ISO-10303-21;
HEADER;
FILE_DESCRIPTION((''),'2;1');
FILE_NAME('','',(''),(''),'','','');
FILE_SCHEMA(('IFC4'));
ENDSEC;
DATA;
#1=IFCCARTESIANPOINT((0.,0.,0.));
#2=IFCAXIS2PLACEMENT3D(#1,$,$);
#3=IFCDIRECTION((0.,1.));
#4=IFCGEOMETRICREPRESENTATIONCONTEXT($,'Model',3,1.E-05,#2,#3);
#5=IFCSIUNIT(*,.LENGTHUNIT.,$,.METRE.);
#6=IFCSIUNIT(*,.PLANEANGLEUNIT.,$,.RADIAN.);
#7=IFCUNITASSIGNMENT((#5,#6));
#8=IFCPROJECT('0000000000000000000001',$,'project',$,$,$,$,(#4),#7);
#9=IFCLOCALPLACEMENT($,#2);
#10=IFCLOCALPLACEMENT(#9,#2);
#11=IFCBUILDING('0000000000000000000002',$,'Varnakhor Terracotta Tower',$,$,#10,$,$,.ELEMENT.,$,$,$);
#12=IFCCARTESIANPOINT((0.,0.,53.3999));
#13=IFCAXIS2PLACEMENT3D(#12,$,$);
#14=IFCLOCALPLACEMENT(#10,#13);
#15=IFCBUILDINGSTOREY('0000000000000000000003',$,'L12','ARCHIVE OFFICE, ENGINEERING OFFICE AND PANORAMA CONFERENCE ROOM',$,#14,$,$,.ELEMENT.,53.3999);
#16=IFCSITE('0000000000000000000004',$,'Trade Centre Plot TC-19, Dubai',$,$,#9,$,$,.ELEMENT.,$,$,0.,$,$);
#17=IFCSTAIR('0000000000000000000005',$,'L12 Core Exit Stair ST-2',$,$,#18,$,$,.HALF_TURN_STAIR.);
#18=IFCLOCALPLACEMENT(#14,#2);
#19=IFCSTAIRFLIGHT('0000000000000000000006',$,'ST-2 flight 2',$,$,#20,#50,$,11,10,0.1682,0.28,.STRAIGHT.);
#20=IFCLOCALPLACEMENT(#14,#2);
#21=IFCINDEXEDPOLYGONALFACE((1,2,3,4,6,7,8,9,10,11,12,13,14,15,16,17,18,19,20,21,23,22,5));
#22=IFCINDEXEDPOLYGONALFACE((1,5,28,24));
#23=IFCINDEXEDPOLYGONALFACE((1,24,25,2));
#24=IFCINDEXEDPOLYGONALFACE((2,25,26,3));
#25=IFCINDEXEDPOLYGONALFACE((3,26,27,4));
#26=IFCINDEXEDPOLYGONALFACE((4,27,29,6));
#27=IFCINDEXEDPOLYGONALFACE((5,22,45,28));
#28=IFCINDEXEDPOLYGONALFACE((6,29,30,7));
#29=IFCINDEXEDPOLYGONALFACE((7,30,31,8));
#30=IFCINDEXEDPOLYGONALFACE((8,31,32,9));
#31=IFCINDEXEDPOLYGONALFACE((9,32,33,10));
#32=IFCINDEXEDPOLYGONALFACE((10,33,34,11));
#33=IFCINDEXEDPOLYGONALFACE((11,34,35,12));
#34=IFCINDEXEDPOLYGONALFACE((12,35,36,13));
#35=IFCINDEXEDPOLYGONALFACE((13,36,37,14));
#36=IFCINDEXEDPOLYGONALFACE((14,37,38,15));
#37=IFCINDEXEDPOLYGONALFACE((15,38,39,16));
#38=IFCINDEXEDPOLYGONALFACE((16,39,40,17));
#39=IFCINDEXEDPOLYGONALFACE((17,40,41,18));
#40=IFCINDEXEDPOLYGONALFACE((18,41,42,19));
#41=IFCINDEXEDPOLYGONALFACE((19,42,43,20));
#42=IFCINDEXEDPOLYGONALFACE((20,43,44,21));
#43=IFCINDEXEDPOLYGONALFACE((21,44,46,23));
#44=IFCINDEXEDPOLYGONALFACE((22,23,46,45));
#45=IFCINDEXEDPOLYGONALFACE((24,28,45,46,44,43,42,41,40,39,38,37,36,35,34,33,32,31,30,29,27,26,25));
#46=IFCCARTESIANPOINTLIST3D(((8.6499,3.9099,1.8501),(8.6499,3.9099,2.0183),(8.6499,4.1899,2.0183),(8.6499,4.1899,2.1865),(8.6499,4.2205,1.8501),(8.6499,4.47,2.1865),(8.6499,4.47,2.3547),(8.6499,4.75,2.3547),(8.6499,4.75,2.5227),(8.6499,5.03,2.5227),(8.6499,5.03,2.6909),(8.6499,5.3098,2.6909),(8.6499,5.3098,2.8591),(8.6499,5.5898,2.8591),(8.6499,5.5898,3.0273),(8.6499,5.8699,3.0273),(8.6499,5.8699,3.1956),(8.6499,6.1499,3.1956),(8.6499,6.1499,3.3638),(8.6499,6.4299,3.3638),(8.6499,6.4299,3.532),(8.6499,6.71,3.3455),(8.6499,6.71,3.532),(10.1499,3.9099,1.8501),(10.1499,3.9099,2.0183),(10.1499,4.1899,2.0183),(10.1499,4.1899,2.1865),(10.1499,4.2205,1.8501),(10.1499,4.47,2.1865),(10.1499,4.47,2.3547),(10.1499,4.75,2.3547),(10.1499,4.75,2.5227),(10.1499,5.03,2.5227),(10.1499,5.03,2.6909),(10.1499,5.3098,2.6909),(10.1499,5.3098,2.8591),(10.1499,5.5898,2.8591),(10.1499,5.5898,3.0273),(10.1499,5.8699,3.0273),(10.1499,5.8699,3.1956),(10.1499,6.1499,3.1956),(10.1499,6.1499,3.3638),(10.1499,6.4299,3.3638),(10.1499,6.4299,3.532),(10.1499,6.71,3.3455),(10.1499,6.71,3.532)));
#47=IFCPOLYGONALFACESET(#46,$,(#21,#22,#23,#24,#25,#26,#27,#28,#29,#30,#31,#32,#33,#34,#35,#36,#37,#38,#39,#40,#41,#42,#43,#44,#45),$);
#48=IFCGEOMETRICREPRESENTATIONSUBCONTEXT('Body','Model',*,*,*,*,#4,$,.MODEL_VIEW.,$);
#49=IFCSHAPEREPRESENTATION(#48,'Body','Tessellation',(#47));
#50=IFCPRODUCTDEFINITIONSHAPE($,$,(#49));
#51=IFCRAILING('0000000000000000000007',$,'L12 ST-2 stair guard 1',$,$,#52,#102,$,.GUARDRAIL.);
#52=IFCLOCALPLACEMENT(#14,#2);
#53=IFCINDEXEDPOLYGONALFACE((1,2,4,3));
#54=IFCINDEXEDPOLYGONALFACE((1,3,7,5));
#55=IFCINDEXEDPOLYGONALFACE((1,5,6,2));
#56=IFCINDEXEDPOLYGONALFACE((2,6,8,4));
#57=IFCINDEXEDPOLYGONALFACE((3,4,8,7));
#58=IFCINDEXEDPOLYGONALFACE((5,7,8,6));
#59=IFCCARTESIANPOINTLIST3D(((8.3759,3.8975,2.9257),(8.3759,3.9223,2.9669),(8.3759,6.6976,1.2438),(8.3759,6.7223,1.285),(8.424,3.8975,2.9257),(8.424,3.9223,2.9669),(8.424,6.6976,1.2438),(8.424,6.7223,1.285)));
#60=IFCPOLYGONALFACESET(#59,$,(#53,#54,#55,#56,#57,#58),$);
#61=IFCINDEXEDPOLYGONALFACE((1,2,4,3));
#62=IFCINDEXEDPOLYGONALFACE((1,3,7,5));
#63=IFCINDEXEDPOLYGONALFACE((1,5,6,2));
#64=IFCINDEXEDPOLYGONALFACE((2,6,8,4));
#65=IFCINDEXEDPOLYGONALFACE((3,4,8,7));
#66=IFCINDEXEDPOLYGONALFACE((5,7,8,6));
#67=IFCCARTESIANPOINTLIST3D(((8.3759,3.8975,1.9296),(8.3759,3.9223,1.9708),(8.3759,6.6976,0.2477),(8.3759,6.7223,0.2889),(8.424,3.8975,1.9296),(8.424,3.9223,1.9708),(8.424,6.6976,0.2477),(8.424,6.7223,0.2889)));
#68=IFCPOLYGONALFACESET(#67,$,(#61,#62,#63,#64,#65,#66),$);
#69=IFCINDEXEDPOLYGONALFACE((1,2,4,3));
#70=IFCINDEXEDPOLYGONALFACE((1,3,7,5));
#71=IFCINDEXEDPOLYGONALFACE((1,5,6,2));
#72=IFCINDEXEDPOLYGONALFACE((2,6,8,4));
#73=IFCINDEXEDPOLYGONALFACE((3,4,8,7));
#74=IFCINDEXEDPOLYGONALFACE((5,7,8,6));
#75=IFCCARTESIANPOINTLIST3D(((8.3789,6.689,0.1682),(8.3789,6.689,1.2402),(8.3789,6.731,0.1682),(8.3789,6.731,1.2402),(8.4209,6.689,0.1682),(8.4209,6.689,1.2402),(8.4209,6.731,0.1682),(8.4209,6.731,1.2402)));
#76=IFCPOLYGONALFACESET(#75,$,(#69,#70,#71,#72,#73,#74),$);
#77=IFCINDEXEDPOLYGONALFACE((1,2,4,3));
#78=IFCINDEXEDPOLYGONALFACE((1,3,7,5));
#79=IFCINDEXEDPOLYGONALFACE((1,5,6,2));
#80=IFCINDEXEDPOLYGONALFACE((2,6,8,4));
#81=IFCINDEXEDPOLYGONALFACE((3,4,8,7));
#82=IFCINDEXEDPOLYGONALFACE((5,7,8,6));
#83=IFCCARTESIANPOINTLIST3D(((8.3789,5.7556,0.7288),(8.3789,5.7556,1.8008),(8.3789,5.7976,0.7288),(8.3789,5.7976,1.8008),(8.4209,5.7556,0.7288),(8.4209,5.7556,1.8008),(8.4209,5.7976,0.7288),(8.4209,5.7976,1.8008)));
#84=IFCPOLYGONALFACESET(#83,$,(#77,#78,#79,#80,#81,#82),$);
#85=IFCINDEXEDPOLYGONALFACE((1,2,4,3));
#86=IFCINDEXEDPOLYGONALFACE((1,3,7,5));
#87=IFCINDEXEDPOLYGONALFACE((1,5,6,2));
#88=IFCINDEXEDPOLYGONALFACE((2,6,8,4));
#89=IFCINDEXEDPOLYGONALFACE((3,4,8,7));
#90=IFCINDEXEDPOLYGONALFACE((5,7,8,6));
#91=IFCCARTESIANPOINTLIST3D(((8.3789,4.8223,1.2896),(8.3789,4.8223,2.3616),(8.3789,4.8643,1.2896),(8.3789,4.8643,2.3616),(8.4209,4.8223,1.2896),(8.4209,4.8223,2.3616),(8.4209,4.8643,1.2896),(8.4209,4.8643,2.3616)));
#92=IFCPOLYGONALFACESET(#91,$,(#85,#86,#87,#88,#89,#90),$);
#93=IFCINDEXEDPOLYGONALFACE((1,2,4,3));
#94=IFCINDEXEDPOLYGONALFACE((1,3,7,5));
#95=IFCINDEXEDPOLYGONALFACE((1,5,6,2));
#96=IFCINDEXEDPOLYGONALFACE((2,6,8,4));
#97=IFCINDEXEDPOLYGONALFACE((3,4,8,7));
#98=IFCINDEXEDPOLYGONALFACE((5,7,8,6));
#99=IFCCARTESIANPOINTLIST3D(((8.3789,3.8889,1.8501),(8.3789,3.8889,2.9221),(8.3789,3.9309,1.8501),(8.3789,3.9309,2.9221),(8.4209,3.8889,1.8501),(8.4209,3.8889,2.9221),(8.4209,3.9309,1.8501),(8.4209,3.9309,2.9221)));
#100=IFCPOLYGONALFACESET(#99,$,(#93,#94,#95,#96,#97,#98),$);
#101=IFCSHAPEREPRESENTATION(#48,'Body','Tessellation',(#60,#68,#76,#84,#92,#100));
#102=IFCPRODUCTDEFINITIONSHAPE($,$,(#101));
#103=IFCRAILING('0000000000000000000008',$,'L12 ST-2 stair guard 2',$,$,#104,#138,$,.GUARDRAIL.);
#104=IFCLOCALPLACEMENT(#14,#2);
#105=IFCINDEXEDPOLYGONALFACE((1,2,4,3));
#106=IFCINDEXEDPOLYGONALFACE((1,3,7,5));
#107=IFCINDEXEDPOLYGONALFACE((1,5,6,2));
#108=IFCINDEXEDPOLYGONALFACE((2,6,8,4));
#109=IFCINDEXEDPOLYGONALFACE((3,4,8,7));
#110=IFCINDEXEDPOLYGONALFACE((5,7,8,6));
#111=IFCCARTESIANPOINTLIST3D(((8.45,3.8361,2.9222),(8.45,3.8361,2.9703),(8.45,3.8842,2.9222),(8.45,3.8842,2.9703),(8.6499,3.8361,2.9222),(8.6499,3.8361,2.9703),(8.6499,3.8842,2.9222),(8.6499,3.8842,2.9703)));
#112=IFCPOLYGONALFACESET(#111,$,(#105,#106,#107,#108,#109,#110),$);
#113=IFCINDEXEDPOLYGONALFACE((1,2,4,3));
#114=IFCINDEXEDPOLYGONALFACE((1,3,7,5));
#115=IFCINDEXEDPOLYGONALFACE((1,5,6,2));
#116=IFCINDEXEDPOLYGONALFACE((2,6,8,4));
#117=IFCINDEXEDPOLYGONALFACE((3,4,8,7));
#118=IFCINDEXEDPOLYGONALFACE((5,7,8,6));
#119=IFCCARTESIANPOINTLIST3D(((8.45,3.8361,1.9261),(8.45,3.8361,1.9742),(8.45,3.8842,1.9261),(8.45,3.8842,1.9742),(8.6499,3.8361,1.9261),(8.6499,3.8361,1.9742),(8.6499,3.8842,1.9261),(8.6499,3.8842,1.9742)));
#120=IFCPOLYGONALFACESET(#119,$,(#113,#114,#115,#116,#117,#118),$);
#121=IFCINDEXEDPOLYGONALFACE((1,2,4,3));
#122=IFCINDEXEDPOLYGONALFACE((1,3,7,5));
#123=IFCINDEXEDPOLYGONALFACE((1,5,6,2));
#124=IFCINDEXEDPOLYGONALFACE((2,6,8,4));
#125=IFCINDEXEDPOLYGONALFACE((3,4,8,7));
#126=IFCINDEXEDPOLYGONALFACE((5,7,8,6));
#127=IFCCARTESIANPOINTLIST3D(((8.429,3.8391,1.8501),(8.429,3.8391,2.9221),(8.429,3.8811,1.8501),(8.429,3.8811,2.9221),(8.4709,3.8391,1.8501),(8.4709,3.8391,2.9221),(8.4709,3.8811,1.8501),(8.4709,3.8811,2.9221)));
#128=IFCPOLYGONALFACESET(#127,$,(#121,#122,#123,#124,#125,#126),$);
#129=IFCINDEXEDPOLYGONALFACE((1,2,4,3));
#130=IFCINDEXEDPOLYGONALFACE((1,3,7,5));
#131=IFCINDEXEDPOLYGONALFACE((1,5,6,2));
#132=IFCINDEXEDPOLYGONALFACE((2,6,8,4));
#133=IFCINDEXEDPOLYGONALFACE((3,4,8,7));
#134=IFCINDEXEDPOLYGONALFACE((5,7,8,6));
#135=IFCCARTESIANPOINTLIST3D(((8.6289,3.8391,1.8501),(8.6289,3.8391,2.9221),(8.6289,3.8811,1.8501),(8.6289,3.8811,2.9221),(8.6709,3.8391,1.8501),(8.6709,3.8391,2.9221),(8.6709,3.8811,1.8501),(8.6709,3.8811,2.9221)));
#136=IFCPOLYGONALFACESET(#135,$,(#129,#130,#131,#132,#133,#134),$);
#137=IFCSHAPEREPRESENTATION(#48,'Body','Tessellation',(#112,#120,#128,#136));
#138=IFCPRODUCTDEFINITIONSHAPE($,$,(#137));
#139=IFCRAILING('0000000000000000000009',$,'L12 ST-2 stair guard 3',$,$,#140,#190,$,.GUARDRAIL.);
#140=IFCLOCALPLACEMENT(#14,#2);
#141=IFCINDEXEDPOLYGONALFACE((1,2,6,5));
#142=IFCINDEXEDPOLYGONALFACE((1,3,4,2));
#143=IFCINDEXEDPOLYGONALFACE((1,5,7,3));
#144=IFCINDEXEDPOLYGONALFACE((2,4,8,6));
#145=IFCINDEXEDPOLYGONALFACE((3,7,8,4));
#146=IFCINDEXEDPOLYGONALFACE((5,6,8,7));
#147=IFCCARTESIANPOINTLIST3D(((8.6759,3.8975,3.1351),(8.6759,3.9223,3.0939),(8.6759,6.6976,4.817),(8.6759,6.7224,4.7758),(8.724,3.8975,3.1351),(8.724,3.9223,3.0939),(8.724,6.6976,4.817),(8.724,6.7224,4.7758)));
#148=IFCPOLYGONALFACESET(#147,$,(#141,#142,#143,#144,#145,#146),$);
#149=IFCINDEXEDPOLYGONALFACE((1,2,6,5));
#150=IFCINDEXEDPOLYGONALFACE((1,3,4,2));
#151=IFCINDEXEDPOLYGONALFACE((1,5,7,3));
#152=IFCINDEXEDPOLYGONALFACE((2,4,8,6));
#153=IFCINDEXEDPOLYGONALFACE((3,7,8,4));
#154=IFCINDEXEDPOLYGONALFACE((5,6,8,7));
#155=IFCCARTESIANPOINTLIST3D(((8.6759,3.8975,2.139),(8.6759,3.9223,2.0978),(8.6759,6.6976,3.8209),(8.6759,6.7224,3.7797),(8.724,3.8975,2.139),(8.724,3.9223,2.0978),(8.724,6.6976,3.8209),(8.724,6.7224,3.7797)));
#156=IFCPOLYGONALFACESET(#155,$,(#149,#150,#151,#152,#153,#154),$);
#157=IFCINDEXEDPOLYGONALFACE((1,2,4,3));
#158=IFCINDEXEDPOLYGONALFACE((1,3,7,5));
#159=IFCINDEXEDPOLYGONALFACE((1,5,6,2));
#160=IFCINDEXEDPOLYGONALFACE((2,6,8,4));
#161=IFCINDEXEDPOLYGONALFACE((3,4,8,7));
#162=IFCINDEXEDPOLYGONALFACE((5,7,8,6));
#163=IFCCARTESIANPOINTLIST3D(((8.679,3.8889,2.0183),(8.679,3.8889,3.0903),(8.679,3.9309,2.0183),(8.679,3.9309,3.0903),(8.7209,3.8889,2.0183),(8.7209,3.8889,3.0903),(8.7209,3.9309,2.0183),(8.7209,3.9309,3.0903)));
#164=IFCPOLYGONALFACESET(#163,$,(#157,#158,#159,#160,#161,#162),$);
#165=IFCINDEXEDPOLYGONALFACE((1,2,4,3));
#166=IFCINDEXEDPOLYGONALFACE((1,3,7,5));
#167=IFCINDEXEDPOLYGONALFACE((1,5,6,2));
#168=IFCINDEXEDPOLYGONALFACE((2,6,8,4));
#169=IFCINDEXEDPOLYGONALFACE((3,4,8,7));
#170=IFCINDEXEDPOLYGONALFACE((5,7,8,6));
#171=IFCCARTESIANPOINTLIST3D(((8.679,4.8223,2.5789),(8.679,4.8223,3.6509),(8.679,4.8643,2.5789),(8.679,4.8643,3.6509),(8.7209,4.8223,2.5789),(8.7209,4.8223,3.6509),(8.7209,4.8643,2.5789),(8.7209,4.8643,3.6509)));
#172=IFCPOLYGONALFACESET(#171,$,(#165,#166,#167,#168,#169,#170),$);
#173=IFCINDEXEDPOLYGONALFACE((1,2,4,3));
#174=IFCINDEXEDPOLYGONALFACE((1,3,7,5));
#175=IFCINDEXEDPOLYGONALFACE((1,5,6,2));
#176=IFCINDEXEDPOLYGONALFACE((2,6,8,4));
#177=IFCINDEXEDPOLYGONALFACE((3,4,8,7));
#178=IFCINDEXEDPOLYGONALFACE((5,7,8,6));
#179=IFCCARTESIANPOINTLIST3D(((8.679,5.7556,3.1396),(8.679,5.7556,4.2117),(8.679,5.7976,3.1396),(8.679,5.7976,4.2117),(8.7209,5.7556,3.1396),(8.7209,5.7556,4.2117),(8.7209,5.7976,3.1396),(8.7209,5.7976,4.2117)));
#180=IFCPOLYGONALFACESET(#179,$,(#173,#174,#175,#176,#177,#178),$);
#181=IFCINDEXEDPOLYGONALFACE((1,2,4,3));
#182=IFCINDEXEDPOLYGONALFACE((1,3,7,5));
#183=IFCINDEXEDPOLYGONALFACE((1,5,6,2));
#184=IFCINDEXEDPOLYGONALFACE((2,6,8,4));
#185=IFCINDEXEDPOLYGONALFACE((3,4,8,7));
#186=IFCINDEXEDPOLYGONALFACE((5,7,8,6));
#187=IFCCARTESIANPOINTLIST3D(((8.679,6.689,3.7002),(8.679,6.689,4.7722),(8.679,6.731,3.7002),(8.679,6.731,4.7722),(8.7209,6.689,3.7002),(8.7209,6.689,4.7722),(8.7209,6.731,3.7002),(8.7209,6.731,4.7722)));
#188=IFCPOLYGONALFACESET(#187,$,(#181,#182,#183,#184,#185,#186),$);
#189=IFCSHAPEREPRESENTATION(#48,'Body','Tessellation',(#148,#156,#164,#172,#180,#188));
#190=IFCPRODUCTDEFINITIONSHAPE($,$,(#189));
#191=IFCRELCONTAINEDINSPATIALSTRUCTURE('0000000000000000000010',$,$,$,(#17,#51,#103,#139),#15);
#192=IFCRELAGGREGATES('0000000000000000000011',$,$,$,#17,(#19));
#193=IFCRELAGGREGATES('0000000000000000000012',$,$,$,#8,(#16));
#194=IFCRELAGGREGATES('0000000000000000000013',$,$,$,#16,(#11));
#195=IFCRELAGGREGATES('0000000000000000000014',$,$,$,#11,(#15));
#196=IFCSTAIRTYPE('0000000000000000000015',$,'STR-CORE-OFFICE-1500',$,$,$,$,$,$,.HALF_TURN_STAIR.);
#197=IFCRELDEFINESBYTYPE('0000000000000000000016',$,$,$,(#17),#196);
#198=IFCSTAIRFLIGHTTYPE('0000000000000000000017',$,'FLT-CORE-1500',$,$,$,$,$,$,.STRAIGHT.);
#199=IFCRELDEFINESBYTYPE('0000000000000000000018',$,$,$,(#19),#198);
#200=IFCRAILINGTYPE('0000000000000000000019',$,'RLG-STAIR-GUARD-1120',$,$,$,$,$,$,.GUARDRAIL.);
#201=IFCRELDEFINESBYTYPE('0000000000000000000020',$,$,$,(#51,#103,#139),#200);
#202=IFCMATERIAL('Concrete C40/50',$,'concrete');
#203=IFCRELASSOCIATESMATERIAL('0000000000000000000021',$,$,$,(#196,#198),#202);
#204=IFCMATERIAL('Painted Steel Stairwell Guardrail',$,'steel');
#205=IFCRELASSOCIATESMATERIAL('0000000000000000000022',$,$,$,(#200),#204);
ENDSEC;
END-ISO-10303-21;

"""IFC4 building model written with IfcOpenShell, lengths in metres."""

from ifc_helpers import new_model, si_unit, direction, frame, origin, origin_2d, place, context, subcontext, project, spatial, polyline, rectangle, outline, extrude, material, type_object, element, aggregate, save


model = new_model("IFC4")

# Units and contexts
model_context = context("Model", 3, precision=1e-05, world=origin(), true_north=direction((0.0, 1.0)))
body_context = subcontext(model_context, "Body", "Model", "MODEL_VIEW")
ifc_project = project(units=[si_unit("LENGTHUNIT", "METRE"), si_unit("PLANEANGLEUNIT", "RADIAN")], contexts=[model_context])

# Site, building, storey
site_placement = place(None, origin())
site = spatial("IfcSite", under=ifc_project, at=site_placement, Name="Trade Centre Plot TC-19, Dubai", CompositionType="ELEMENT", RefElevation=0.0)
building_placement = place(site_placement, origin())
building = spatial("IfcBuilding", under=site, at=building_placement, Name="Varnakhor Terracotta Tower", CompositionType="ELEMENT")
storey_placement = place(building_placement, frame((0.0, 0.0, 53.3999)))
storey = spatial("IfcBuildingStorey", under=building, at=storey_placement, Name="L12", Description="ARCHIVE OFFICE, ENGINEERING OFFICE AND PANORAMA CONFERENCE ROOM", CompositionType="ELEMENT", Elevation=53.3999)

# Shared definitions
ifc_material_1 = material(Name="Concrete C40/50", Category="concrete")

# Stair, stair flight
stair_type = type_object("IfcStairType", Name="STR-CORE-OFFICE-1500", PredefinedType="HALF_TURN_STAIR", material=ifc_material_1)
stair_placement = place(storey_placement, origin())
stair = element("IfcStair", 1, at=stair_placement, inside=storey, type_object=stair_type, Name="L12 Core Exit Stair ST-2", PredefinedType="HALF_TURN_STAIR")
stair_flight_type = type_object("IfcStairFlightType", Name="FLT-CORE-1500", PredefinedType="STRAIGHT", material=ifc_material_1)
stair_flight_1_placement = place(storey_placement, frame((9.3999, 3.9099, 1.8501), z_axis=(0.0, 0.0, 1.0), x_axis=(0.0, 1.0, 0.0)))
stair_flight_1 = element("IfcStairFlight", 2, at=stair_flight_1_placement, type_object=stair_flight_type, Name="ST-2 flight 2", NumberOfRisers=11, NumberOfTreads=10, PredefinedType="STRAIGHT", RiserHeight=0.1682, TreadLength=0.28, context=body_context, shape_type="SweptSolid", body=[
    extrude(outline(polyline([(0.0, 0.0), (0.0, 0.1682), (0.28, 0.1682), (0.28, 0.3364), (0.5601, 0.3364), (0.5601, 0.5046), (0.8401, 0.5046), (0.8401, 0.6726), (1.1201, 0.6726), (1.1201, 0.8408), (1.3999, 0.8408), (1.3999, 1.009), (1.6799, 1.009), (1.6799, 1.1772), (1.96, 1.1772), (1.96, 1.3455), (2.24, 1.3455), (2.24, 1.5137), (2.52, 1.5137), (2.52, 1.6819), (2.8, 1.6819), (2.8, 1.8501), (2.8, 1.4954), (0.3105, 0.0), (0.0, 0.0)])), frame((0.0, 0.75, 0.0), z_axis=(0.0, -1.0, 0.0), x_axis=(1.0, 0.0, 0.0)), (0.0, 0.0, 1.0), 1.5),
])
aggregate(stair, [stair_flight_1])

# Railings
ifc_material_2 = material(Name="Painted Steel Stairwell Guardrail", Category="steel")
railing_type_1 = type_object("IfcRailingType", Name="RLG-STAIR-GUARD-1120", PredefinedType="GUARDRAIL", material=ifc_material_2)
railing_1_placement = place(storey_placement, frame((8.3999, 6.71, 0.1682)))
element("IfcRailing", 3, at=railing_1_placement, inside=storey, type_object=railing_type_1, Name="L12 ST-2 stair guard 1", PredefinedType="GUARDRAIL", context=body_context, shape_type="SweptSolid", body=[
    extrude(rectangle(XDim=0.0481, YDim=0.0481, at=origin_2d()), frame((0.0, 0.0, 1.0962), z_axis=(0.0, -0.857242, 0.514913), x_axis=(1.0, 0.0, 0.0)), (0.0, 0.0, 1.0), 3.2664),
    extrude(rectangle(XDim=0.0481, YDim=0.0481, at=origin_2d()), frame((0.0, 0.0, 0.1001), z_axis=(0.0, -0.857242, 0.514913), x_axis=(1.0, 0.0, 0.0)), (0.0, 0.0, 1.0), 3.2664),
    extrude(rectangle(XDim=0.042, YDim=0.042, at=origin_2d()), origin(), (0.0, 0.0, 1.0), 1.072),
    extrude(rectangle(XDim=0.042, YDim=0.042, at=origin_2d()), frame((0.0, -0.9333, 0.5605)), (0.0, 0.0, 1.0), 1.072),
    extrude(rectangle(XDim=0.042, YDim=0.042, at=origin_2d()), frame((0.0, -1.8667, 1.1213)), (0.0, 0.0, 1.0), 1.072),
    extrude(rectangle(XDim=0.042, YDim=0.042, at=origin_2d()), frame((0.0, -2.8, 1.6819)), (0.0, 0.0, 1.0), 1.072),
])
railing_2_placement = place(storey_placement, frame((8.45, 3.8601, 1.8501)))
element("IfcRailing", 4, at=railing_2_placement, inside=storey, type_object=railing_type_1, Name="L12 ST-2 stair guard 2", PredefinedType="GUARDRAIL", context=body_context, shape_type="SweptSolid", body=[
    extrude(rectangle(XDim=0.0481, YDim=0.0481, at=origin_2d()), frame((0.0, 0.0, 1.0962), z_axis=(1.0, 0.0, 0.0), x_axis=(0.0, 1.0, 0.0)), (0.0, 0.0, 1.0), 0.2),
    extrude(rectangle(XDim=0.0481, YDim=0.0481, at=origin_2d()), frame((0.0, 0.0, 0.1001), z_axis=(1.0, 0.0, 0.0), x_axis=(0.0, 1.0, 0.0)), (0.0, 0.0, 1.0), 0.2),
    extrude(rectangle(XDim=0.042, YDim=0.042, at=origin_2d()), origin(), (0.0, 0.0, 1.0), 1.072),
    extrude(rectangle(XDim=0.042, YDim=0.042, at=origin_2d()), frame((0.2, 0.0, 0.0)), (0.0, 0.0, 1.0), 1.072),
])
railing_3_placement = place(storey_placement, frame((8.7, 3.9099, 2.0183)))
element("IfcRailing", 5, at=railing_3_placement, inside=storey, type_object=railing_type_1, Name="L12 ST-2 stair guard 3", PredefinedType="GUARDRAIL", context=body_context, shape_type="SweptSolid", body=[
    extrude(rectangle(XDim=0.0481, YDim=0.0481, at=origin_2d()), frame((0.0, 0.0, 1.0962), z_axis=(0.0, 0.857242, 0.514913), x_axis=(-1.0, 0.0, 0.0)), (0.0, 0.0, 1.0), 3.2664),
    extrude(rectangle(XDim=0.0481, YDim=0.0481, at=origin_2d()), frame((0.0, 0.0, 0.1001), z_axis=(0.0, 0.857242, 0.514913), x_axis=(-1.0, 0.0, 0.0)), (0.0, 0.0, 1.0), 3.2664),
    extrude(rectangle(XDim=0.042, YDim=0.042, at=origin_2d()), origin(), (0.0, 0.0, 1.0), 1.072),
    extrude(rectangle(XDim=0.042, YDim=0.042, at=origin_2d()), frame((0.0, 0.9333, 0.5605)), (0.0, 0.0, 1.0), 1.072),
    extrude(rectangle(XDim=0.042, YDim=0.042, at=origin_2d()), frame((0.0, 1.8667, 1.1213)), (0.0, 0.0, 1.0), 1.072),
    extrude(rectangle(XDim=0.042, YDim=0.042, at=origin_2d()), frame((0.0, 2.8, 1.6819)), (0.0, 0.0, 1.0), 1.072),
])

save(model, "model.ifc")
